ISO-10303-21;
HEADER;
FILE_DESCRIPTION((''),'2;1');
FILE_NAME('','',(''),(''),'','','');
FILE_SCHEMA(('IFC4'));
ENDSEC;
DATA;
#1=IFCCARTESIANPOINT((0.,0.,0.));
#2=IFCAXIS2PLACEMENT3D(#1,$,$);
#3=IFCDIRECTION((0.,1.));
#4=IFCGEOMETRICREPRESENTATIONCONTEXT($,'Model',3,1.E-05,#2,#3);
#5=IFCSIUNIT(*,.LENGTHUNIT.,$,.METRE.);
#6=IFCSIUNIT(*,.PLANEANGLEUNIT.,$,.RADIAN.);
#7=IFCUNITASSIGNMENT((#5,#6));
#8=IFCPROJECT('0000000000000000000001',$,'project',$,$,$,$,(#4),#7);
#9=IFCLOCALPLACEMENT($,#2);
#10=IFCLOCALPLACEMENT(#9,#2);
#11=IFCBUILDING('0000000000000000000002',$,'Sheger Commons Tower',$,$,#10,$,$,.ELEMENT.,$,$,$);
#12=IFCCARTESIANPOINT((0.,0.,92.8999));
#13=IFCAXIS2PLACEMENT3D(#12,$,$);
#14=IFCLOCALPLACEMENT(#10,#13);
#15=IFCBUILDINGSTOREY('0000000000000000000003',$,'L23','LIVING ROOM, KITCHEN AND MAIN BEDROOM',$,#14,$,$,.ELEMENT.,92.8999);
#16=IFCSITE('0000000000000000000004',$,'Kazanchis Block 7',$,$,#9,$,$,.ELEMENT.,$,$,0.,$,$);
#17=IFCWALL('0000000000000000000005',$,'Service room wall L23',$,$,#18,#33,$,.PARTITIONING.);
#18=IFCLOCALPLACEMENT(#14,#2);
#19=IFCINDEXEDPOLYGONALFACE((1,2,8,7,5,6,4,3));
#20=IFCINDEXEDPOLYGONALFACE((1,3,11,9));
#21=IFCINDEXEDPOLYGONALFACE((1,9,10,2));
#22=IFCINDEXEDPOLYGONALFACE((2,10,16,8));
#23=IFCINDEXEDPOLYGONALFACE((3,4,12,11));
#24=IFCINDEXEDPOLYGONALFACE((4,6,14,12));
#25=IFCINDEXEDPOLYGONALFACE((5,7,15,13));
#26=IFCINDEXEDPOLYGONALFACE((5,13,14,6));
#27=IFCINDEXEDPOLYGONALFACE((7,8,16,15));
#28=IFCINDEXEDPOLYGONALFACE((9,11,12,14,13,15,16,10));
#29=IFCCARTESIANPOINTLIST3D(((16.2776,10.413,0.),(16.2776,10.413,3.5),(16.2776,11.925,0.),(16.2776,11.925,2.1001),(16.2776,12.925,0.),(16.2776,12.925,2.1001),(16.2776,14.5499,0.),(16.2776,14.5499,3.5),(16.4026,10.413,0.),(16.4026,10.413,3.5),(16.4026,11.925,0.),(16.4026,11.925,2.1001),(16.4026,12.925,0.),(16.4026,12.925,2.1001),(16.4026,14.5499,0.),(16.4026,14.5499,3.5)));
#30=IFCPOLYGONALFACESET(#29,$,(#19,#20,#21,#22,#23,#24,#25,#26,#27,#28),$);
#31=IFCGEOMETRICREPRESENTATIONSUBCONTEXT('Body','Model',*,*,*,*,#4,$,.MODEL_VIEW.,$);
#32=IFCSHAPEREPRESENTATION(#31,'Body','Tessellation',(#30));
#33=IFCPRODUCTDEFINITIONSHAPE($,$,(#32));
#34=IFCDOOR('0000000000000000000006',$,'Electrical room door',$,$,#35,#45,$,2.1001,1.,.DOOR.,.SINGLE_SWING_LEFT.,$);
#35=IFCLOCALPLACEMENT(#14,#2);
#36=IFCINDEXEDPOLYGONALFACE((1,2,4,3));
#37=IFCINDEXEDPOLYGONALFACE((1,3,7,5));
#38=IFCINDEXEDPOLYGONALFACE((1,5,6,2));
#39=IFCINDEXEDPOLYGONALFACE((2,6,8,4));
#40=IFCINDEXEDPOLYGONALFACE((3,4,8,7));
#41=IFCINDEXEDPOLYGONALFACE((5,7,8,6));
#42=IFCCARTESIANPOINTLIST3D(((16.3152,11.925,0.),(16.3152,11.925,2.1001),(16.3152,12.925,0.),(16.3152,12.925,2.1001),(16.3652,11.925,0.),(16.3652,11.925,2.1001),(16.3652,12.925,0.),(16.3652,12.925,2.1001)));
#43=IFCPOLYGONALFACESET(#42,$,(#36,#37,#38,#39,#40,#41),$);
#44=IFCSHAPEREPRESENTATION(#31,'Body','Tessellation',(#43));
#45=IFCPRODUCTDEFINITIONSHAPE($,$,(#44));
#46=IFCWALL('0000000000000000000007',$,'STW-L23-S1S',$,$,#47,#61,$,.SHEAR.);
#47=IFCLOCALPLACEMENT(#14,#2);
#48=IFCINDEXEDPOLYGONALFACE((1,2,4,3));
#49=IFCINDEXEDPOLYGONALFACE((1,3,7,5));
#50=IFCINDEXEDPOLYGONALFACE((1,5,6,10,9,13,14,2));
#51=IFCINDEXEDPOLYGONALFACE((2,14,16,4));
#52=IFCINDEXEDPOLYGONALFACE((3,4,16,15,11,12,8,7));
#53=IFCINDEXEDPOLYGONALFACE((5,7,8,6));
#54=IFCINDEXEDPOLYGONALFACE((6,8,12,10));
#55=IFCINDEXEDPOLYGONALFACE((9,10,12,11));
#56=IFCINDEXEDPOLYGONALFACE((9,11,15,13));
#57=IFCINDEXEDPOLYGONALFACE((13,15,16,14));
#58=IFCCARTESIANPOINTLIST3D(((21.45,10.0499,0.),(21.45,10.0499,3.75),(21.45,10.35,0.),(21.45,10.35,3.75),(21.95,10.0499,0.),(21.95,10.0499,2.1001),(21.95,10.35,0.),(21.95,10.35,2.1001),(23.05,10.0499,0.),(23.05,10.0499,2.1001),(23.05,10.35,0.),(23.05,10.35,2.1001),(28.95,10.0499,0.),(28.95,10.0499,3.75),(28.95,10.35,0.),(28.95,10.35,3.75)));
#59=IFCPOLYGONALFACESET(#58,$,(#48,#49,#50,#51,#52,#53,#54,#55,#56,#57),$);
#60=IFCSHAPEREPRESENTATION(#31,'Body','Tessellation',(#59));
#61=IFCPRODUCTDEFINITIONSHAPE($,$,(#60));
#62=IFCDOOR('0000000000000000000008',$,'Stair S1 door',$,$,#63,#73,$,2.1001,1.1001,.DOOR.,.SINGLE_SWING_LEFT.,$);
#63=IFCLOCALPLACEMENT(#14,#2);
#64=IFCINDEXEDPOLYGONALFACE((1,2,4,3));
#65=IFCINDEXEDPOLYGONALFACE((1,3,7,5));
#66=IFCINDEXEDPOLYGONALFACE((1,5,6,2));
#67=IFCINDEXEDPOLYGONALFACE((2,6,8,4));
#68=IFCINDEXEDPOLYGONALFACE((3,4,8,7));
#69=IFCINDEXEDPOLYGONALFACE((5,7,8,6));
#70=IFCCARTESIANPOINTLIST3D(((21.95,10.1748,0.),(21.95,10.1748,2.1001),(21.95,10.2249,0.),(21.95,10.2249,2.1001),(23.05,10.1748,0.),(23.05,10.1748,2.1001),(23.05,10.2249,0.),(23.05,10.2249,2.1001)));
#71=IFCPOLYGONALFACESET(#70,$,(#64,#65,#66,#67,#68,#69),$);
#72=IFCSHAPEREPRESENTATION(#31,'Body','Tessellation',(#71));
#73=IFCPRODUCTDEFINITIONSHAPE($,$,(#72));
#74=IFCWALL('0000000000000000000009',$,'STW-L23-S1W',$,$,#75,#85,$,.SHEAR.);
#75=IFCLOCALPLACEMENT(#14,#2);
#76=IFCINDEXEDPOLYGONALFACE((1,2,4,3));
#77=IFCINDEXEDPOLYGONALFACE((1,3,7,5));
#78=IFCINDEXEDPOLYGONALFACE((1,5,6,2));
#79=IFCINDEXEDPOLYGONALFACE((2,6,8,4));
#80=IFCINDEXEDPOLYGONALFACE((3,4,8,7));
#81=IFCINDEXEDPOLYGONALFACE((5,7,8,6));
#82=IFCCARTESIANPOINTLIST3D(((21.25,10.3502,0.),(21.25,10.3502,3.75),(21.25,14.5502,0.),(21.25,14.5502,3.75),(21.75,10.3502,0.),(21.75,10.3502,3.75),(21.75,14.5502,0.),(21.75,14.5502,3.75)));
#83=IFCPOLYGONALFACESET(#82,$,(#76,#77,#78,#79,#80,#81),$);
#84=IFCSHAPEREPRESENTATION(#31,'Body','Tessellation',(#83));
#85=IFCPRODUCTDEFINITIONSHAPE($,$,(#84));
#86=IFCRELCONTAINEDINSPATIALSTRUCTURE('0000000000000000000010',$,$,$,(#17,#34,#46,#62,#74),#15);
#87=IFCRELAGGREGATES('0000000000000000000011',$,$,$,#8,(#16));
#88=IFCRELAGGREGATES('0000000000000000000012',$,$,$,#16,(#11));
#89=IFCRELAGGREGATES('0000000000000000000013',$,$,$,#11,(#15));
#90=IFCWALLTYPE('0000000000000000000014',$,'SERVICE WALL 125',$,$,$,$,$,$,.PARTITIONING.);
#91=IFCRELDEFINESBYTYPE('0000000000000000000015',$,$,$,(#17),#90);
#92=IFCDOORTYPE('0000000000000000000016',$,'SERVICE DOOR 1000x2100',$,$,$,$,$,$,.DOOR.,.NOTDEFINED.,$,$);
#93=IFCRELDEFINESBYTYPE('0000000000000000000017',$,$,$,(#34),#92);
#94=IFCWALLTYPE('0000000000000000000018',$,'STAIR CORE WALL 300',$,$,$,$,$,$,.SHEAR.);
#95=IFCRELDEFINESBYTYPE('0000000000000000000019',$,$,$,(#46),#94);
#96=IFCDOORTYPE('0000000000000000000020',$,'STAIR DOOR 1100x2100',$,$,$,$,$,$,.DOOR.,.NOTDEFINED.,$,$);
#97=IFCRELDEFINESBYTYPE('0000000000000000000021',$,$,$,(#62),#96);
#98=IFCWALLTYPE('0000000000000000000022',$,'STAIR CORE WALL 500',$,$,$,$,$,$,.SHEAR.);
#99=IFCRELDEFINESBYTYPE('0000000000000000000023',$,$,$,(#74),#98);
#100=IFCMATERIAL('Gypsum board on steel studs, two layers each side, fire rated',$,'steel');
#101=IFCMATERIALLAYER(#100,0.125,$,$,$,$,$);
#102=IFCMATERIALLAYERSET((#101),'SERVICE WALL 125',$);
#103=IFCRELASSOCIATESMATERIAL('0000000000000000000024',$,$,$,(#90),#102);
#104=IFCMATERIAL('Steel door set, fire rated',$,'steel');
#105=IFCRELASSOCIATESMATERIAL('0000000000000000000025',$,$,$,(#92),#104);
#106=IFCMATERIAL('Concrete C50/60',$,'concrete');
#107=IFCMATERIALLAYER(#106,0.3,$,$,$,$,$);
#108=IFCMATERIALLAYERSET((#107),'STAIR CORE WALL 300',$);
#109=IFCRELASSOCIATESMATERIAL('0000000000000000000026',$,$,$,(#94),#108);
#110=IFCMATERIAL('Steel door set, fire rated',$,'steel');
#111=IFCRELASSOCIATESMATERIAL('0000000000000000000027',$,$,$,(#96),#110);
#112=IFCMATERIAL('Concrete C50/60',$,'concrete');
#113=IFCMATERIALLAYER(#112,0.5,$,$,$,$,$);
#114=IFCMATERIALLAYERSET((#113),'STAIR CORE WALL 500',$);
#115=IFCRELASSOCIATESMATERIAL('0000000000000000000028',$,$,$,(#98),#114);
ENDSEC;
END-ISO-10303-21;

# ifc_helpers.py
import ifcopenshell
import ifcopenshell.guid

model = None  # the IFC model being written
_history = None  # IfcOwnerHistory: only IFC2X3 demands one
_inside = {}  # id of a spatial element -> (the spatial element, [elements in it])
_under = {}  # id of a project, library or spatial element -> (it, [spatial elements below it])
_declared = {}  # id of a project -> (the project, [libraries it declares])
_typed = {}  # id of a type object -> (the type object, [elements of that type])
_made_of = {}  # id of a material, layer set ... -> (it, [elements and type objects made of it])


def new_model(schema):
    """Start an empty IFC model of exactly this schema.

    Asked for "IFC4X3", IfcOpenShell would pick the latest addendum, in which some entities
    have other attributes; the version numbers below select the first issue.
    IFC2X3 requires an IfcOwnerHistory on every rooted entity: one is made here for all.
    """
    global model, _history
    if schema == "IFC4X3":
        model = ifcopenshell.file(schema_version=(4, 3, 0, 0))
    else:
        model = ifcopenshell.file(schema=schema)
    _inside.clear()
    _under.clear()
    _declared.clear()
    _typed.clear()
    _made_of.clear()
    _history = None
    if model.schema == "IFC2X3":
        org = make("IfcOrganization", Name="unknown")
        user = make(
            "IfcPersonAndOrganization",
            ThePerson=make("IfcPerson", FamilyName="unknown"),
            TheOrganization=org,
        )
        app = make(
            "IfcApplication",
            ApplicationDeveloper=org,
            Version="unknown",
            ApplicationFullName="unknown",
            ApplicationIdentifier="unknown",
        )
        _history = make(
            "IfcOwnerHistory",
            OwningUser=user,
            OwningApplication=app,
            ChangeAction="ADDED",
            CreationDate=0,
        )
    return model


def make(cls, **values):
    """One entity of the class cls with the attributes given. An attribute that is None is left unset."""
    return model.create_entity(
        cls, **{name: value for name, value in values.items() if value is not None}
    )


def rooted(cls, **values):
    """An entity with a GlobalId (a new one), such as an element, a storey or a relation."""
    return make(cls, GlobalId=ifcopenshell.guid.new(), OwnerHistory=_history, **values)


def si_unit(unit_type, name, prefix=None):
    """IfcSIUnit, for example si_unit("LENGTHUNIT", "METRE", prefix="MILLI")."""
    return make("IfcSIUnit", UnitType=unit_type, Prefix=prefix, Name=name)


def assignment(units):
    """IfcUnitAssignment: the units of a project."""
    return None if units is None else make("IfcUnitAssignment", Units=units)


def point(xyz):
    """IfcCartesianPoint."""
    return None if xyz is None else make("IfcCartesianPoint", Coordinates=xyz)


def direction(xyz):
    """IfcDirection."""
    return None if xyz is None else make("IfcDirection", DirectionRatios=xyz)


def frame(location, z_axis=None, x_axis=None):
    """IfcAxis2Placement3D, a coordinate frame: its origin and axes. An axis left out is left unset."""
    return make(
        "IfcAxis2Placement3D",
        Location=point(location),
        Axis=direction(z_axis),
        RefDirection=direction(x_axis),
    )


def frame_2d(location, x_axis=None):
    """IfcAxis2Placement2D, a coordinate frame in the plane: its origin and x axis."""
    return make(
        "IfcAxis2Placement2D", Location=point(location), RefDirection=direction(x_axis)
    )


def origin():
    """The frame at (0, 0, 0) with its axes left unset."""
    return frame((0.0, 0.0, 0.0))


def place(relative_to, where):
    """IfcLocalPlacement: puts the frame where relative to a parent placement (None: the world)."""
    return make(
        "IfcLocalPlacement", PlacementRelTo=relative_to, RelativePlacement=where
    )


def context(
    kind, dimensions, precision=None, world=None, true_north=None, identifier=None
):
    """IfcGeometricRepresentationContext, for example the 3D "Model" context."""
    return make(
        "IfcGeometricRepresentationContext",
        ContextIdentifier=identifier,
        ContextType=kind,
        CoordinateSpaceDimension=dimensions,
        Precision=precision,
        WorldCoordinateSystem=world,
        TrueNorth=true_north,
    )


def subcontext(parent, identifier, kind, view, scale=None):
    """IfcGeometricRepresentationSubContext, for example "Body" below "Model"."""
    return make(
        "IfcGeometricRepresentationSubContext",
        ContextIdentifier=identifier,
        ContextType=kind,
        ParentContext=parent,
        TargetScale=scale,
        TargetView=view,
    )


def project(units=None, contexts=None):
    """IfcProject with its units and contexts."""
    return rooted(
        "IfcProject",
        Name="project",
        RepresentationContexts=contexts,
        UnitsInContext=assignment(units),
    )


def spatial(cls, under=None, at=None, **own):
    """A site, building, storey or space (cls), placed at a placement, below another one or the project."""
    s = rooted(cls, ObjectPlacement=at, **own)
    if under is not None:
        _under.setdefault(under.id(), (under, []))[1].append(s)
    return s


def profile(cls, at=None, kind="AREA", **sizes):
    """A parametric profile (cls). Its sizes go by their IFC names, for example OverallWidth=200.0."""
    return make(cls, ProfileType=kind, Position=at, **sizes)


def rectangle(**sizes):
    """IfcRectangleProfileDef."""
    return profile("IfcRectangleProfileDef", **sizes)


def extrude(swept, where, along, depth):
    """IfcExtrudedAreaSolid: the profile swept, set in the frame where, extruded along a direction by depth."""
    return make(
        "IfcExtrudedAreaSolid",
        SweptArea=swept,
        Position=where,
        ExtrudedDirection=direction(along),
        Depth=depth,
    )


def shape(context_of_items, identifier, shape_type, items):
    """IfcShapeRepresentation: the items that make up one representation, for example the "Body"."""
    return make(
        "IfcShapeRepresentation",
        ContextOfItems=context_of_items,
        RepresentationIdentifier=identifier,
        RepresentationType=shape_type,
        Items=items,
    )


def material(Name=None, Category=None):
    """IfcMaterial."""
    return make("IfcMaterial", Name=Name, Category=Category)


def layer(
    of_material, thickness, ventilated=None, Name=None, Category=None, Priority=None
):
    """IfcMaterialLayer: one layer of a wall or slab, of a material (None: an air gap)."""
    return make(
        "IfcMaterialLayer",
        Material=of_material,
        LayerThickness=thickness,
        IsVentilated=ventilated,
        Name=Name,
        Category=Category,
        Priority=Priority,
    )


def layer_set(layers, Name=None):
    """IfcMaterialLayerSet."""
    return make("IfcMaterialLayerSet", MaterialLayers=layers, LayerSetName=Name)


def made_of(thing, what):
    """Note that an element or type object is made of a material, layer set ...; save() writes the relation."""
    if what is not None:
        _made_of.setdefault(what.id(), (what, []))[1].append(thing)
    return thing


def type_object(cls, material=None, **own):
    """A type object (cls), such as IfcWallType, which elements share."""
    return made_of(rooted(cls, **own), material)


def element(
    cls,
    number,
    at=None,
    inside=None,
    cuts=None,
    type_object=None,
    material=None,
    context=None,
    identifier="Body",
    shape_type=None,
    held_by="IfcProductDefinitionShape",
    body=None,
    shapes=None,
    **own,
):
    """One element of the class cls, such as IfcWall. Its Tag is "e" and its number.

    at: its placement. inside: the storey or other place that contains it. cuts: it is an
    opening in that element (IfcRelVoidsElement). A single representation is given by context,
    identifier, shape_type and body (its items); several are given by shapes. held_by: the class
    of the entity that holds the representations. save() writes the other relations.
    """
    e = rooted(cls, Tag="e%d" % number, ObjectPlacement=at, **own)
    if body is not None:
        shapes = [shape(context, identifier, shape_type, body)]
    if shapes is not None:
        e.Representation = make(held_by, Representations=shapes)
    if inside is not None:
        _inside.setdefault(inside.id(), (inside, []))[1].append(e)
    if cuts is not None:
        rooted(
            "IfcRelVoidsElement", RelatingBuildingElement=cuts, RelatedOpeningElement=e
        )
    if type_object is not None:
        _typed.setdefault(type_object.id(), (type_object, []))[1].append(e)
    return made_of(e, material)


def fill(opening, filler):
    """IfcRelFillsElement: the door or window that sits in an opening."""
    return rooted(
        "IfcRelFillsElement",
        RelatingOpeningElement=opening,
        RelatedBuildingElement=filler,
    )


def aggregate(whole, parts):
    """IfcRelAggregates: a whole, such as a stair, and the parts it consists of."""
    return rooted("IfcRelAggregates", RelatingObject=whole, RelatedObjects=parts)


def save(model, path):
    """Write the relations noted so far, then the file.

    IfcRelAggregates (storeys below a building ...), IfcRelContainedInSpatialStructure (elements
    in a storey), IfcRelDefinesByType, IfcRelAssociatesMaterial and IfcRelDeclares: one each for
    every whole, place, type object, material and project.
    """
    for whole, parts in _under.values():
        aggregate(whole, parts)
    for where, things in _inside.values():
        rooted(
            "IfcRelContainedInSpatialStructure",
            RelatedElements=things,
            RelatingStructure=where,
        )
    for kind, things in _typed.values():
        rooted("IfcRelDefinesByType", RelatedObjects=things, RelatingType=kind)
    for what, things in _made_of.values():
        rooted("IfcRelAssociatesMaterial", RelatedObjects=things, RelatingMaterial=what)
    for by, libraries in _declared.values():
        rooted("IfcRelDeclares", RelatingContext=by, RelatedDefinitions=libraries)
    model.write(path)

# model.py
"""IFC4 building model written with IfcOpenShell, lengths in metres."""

from ifc_helpers import new_model, si_unit, direction, frame, frame_2d, origin, place, context, subcontext, project, spatial, rectangle, extrude, material, layer, layer_set, type_object, element, fill, save


model = new_model("IFC4")

# Units and contexts
model_context = context("Model", 3, precision=1e-05, world=origin(), true_north=direction((0.0, 1.0)))
body_context = subcontext(model_context, "Body", "Model", "MODEL_VIEW")
ifc_project = project(units=[si_unit("LENGTHUNIT", "METRE"), si_unit("PLANEANGLEUNIT", "RADIAN")], contexts=[model_context])

# Site, building, storey
site_placement = place(None, origin())
site = spatial("IfcSite", under=ifc_project, at=site_placement, Name="Kazanchis Block 7", CompositionType="ELEMENT", RefElevation=0.0)
building_placement = place(site_placement, origin())
building = spatial("IfcBuilding", under=site, at=building_placement, Name="Sheger Commons Tower", CompositionType="ELEMENT")
storey_placement = place(building_placement, frame((0.0, 0.0, 92.8999)))
storey = spatial("IfcBuildingStorey", under=building, at=storey_placement, Name="L23", Description="LIVING ROOM, KITCHEN AND MAIN BEDROOM", CompositionType="ELEMENT", Elevation=92.8999)

# Shared definitions
ifc_material_1 = material(Name="Gypsum board on steel studs, two layers each side, fire rated", Category="steel")
ifc_layer_1 = layer(ifc_material_1, 0.125)
ifc_layer_set_1 = layer_set([ifc_layer_1], Name="SERVICE WALL 125")
wall_type_1 = type_object("IfcWallType", Name="SERVICE WALL 125", PredefinedType="PARTITIONING", material=ifc_layer_set_1)
ifc_material_2 = material(Name="Steel door set, fire rated", Category="steel")
door_type_1 = type_object("IfcDoorType", Name="SERVICE DOOR 1000x2100", OperationType="NOTDEFINED", PredefinedType="DOOR", material=ifc_material_2)

# Walls, openings, doors
wall_1_placement = place(storey_placement, frame((16.3401, 10.4131, 0.0), z_axis=(0.0, 0.0, 1.0), x_axis=(0.0, 1.0, 0.0)))
wall_1 = element("IfcWall", 1, at=wall_1_placement, inside=storey, type_object=wall_type_1, Name="Service room wall L23", PredefinedType="PARTITIONING", context=body_context, shape_type="SweptSolid", body=[
    extrude(rectangle(XDim=4.137, YDim=0.125, at=frame_2d((2.0684, 0.0))), origin(), (0.0, 0.0, 1.0), 3.5),
])
opening_1_placement = place(wall_1_placement, frame((1.512, 0.0, 0.0)))
opening_1 = element("IfcOpeningElement", 2, at=opening_1_placement, cuts=wall_1, PredefinedType="OPENING", context=body_context, shape_type="SweptSolid", body=[
    extrude(rectangle(XDim=1.0, YDim=2.1001, at=frame_2d((0.5, 1.05))), frame((0.0, 0.0725, 0.0), z_axis=(0.0, -1.0, 0.0), x_axis=(1.0, 0.0, 0.0)), (0.0, 0.0, 1.0), 0.145),
])
door_1_placement = place(opening_1_placement, origin())
door_1 = element("IfcDoor", 3, at=door_1_placement, inside=storey, type_object=door_type_1, Name="Electrical room door", OperationType="SINGLE_SWING_LEFT", OverallHeight=2.1001, OverallWidth=1.0, PredefinedType="DOOR", context=body_context, shape_type="SweptSolid", body=[
    extrude(rectangle(XDim=1.0, YDim=2.1001, at=frame_2d((0.5, 1.05))), frame((0.0, 0.0249, 0.0), z_axis=(0.0, -1.0, 0.0), x_axis=(1.0, 0.0, 0.0)), (0.0, 0.0, 1.0), 0.05),
])
fill(opening_1, door_1)
ifc_material_3 = material(Name="Concrete C50/60", Category="concrete")
ifc_layer_2 = layer(ifc_material_3, 0.3)
ifc_layer_set_2 = layer_set([ifc_layer_2], Name="STAIR CORE WALL 300")
wall_type_2 = type_object("IfcWallType", Name="STAIR CORE WALL 300", PredefinedType="SHEAR", material=ifc_layer_set_2)
wall_2_placement = place(storey_placement, frame((21.45, 10.2, 0.0), z_axis=(0.0, 0.0, 1.0), x_axis=(1.0, 0.0, 0.0)))
wall_2 = element("IfcWall", 4, at=wall_2_placement, inside=storey, type_object=wall_type_2, Name="STW-L23-S1S", PredefinedType="SHEAR", context=body_context, shape_type="SweptSolid", body=[
    extrude(rectangle(XDim=7.5, YDim=0.3, at=frame_2d((3.75, 0.0))), origin(), (0.0, 0.0, 1.0), 3.75),
])
opening_2_placement = place(wall_2_placement, frame((0.5, 0.0, 0.0)))
opening_2 = element("IfcOpeningElement", 5, at=opening_2_placement, cuts=wall_2, PredefinedType="OPENING", context=body_context, shape_type="SweptSolid", body=[
    extrude(rectangle(XDim=1.1001, YDim=2.1001, at=frame_2d((0.55, 1.05))), frame((0.0, 0.1599, 0.0), z_axis=(0.0, -1.0, 0.0), x_axis=(1.0, 0.0, 0.0)), (0.0, 0.0, 1.0), 0.3201),
])
ifc_material_4 = material(Name="Steel door set, fire rated", Category="steel")
door_type_2 = type_object("IfcDoorType", Name="STAIR DOOR 1100x2100", OperationType="NOTDEFINED", PredefinedType="DOOR", material=ifc_material_4)
door_2_placement = place(opening_2_placement, origin())
door_2 = element("IfcDoor", 6, at=door_2_placement, inside=storey, type_object=door_type_2, Name="Stair S1 door", OperationType="SINGLE_SWING_LEFT", OverallHeight=2.1001, OverallWidth=1.1001, PredefinedType="DOOR", context=body_context, shape_type="SweptSolid", body=[
    extrude(rectangle(XDim=1.1001, YDim=2.1001, at=frame_2d((0.55, 1.05))), frame((0.0, 0.0249, 0.0), z_axis=(0.0, -1.0, 0.0), x_axis=(1.0, 0.0, 0.0)), (0.0, 0.0, 1.0), 0.05),
])
fill(opening_2, door_2)

# Wall
ifc_material_5 = material(Name="Concrete C50/60", Category="concrete")
ifc_layer_3 = layer(ifc_material_5, 0.5)
ifc_layer_set_3 = layer_set([ifc_layer_3], Name="STAIR CORE WALL 500")
wall_type_3 = type_object("IfcWallType", Name="STAIR CORE WALL 500", PredefinedType="SHEAR", material=ifc_layer_set_3)
wall_3_placement = place(storey_placement, frame((21.5, 10.3501, 0.0), z_axis=(0.0, 0.0, 1.0), x_axis=(0.0, 1.0, 0.0)))
element("IfcWall", 7, at=wall_3_placement, inside=storey, type_object=wall_type_3, Name="STW-L23-S1W", PredefinedType="SHEAR", context=body_context, shape_type="SweptSolid", body=[
    extrude(rectangle(XDim=4.2, YDim=0.5, at=frame_2d((2.1001, 0.0))), origin(), (0.0, 0.0, 1.0), 3.75),
])

save(model, "model.ifc")
